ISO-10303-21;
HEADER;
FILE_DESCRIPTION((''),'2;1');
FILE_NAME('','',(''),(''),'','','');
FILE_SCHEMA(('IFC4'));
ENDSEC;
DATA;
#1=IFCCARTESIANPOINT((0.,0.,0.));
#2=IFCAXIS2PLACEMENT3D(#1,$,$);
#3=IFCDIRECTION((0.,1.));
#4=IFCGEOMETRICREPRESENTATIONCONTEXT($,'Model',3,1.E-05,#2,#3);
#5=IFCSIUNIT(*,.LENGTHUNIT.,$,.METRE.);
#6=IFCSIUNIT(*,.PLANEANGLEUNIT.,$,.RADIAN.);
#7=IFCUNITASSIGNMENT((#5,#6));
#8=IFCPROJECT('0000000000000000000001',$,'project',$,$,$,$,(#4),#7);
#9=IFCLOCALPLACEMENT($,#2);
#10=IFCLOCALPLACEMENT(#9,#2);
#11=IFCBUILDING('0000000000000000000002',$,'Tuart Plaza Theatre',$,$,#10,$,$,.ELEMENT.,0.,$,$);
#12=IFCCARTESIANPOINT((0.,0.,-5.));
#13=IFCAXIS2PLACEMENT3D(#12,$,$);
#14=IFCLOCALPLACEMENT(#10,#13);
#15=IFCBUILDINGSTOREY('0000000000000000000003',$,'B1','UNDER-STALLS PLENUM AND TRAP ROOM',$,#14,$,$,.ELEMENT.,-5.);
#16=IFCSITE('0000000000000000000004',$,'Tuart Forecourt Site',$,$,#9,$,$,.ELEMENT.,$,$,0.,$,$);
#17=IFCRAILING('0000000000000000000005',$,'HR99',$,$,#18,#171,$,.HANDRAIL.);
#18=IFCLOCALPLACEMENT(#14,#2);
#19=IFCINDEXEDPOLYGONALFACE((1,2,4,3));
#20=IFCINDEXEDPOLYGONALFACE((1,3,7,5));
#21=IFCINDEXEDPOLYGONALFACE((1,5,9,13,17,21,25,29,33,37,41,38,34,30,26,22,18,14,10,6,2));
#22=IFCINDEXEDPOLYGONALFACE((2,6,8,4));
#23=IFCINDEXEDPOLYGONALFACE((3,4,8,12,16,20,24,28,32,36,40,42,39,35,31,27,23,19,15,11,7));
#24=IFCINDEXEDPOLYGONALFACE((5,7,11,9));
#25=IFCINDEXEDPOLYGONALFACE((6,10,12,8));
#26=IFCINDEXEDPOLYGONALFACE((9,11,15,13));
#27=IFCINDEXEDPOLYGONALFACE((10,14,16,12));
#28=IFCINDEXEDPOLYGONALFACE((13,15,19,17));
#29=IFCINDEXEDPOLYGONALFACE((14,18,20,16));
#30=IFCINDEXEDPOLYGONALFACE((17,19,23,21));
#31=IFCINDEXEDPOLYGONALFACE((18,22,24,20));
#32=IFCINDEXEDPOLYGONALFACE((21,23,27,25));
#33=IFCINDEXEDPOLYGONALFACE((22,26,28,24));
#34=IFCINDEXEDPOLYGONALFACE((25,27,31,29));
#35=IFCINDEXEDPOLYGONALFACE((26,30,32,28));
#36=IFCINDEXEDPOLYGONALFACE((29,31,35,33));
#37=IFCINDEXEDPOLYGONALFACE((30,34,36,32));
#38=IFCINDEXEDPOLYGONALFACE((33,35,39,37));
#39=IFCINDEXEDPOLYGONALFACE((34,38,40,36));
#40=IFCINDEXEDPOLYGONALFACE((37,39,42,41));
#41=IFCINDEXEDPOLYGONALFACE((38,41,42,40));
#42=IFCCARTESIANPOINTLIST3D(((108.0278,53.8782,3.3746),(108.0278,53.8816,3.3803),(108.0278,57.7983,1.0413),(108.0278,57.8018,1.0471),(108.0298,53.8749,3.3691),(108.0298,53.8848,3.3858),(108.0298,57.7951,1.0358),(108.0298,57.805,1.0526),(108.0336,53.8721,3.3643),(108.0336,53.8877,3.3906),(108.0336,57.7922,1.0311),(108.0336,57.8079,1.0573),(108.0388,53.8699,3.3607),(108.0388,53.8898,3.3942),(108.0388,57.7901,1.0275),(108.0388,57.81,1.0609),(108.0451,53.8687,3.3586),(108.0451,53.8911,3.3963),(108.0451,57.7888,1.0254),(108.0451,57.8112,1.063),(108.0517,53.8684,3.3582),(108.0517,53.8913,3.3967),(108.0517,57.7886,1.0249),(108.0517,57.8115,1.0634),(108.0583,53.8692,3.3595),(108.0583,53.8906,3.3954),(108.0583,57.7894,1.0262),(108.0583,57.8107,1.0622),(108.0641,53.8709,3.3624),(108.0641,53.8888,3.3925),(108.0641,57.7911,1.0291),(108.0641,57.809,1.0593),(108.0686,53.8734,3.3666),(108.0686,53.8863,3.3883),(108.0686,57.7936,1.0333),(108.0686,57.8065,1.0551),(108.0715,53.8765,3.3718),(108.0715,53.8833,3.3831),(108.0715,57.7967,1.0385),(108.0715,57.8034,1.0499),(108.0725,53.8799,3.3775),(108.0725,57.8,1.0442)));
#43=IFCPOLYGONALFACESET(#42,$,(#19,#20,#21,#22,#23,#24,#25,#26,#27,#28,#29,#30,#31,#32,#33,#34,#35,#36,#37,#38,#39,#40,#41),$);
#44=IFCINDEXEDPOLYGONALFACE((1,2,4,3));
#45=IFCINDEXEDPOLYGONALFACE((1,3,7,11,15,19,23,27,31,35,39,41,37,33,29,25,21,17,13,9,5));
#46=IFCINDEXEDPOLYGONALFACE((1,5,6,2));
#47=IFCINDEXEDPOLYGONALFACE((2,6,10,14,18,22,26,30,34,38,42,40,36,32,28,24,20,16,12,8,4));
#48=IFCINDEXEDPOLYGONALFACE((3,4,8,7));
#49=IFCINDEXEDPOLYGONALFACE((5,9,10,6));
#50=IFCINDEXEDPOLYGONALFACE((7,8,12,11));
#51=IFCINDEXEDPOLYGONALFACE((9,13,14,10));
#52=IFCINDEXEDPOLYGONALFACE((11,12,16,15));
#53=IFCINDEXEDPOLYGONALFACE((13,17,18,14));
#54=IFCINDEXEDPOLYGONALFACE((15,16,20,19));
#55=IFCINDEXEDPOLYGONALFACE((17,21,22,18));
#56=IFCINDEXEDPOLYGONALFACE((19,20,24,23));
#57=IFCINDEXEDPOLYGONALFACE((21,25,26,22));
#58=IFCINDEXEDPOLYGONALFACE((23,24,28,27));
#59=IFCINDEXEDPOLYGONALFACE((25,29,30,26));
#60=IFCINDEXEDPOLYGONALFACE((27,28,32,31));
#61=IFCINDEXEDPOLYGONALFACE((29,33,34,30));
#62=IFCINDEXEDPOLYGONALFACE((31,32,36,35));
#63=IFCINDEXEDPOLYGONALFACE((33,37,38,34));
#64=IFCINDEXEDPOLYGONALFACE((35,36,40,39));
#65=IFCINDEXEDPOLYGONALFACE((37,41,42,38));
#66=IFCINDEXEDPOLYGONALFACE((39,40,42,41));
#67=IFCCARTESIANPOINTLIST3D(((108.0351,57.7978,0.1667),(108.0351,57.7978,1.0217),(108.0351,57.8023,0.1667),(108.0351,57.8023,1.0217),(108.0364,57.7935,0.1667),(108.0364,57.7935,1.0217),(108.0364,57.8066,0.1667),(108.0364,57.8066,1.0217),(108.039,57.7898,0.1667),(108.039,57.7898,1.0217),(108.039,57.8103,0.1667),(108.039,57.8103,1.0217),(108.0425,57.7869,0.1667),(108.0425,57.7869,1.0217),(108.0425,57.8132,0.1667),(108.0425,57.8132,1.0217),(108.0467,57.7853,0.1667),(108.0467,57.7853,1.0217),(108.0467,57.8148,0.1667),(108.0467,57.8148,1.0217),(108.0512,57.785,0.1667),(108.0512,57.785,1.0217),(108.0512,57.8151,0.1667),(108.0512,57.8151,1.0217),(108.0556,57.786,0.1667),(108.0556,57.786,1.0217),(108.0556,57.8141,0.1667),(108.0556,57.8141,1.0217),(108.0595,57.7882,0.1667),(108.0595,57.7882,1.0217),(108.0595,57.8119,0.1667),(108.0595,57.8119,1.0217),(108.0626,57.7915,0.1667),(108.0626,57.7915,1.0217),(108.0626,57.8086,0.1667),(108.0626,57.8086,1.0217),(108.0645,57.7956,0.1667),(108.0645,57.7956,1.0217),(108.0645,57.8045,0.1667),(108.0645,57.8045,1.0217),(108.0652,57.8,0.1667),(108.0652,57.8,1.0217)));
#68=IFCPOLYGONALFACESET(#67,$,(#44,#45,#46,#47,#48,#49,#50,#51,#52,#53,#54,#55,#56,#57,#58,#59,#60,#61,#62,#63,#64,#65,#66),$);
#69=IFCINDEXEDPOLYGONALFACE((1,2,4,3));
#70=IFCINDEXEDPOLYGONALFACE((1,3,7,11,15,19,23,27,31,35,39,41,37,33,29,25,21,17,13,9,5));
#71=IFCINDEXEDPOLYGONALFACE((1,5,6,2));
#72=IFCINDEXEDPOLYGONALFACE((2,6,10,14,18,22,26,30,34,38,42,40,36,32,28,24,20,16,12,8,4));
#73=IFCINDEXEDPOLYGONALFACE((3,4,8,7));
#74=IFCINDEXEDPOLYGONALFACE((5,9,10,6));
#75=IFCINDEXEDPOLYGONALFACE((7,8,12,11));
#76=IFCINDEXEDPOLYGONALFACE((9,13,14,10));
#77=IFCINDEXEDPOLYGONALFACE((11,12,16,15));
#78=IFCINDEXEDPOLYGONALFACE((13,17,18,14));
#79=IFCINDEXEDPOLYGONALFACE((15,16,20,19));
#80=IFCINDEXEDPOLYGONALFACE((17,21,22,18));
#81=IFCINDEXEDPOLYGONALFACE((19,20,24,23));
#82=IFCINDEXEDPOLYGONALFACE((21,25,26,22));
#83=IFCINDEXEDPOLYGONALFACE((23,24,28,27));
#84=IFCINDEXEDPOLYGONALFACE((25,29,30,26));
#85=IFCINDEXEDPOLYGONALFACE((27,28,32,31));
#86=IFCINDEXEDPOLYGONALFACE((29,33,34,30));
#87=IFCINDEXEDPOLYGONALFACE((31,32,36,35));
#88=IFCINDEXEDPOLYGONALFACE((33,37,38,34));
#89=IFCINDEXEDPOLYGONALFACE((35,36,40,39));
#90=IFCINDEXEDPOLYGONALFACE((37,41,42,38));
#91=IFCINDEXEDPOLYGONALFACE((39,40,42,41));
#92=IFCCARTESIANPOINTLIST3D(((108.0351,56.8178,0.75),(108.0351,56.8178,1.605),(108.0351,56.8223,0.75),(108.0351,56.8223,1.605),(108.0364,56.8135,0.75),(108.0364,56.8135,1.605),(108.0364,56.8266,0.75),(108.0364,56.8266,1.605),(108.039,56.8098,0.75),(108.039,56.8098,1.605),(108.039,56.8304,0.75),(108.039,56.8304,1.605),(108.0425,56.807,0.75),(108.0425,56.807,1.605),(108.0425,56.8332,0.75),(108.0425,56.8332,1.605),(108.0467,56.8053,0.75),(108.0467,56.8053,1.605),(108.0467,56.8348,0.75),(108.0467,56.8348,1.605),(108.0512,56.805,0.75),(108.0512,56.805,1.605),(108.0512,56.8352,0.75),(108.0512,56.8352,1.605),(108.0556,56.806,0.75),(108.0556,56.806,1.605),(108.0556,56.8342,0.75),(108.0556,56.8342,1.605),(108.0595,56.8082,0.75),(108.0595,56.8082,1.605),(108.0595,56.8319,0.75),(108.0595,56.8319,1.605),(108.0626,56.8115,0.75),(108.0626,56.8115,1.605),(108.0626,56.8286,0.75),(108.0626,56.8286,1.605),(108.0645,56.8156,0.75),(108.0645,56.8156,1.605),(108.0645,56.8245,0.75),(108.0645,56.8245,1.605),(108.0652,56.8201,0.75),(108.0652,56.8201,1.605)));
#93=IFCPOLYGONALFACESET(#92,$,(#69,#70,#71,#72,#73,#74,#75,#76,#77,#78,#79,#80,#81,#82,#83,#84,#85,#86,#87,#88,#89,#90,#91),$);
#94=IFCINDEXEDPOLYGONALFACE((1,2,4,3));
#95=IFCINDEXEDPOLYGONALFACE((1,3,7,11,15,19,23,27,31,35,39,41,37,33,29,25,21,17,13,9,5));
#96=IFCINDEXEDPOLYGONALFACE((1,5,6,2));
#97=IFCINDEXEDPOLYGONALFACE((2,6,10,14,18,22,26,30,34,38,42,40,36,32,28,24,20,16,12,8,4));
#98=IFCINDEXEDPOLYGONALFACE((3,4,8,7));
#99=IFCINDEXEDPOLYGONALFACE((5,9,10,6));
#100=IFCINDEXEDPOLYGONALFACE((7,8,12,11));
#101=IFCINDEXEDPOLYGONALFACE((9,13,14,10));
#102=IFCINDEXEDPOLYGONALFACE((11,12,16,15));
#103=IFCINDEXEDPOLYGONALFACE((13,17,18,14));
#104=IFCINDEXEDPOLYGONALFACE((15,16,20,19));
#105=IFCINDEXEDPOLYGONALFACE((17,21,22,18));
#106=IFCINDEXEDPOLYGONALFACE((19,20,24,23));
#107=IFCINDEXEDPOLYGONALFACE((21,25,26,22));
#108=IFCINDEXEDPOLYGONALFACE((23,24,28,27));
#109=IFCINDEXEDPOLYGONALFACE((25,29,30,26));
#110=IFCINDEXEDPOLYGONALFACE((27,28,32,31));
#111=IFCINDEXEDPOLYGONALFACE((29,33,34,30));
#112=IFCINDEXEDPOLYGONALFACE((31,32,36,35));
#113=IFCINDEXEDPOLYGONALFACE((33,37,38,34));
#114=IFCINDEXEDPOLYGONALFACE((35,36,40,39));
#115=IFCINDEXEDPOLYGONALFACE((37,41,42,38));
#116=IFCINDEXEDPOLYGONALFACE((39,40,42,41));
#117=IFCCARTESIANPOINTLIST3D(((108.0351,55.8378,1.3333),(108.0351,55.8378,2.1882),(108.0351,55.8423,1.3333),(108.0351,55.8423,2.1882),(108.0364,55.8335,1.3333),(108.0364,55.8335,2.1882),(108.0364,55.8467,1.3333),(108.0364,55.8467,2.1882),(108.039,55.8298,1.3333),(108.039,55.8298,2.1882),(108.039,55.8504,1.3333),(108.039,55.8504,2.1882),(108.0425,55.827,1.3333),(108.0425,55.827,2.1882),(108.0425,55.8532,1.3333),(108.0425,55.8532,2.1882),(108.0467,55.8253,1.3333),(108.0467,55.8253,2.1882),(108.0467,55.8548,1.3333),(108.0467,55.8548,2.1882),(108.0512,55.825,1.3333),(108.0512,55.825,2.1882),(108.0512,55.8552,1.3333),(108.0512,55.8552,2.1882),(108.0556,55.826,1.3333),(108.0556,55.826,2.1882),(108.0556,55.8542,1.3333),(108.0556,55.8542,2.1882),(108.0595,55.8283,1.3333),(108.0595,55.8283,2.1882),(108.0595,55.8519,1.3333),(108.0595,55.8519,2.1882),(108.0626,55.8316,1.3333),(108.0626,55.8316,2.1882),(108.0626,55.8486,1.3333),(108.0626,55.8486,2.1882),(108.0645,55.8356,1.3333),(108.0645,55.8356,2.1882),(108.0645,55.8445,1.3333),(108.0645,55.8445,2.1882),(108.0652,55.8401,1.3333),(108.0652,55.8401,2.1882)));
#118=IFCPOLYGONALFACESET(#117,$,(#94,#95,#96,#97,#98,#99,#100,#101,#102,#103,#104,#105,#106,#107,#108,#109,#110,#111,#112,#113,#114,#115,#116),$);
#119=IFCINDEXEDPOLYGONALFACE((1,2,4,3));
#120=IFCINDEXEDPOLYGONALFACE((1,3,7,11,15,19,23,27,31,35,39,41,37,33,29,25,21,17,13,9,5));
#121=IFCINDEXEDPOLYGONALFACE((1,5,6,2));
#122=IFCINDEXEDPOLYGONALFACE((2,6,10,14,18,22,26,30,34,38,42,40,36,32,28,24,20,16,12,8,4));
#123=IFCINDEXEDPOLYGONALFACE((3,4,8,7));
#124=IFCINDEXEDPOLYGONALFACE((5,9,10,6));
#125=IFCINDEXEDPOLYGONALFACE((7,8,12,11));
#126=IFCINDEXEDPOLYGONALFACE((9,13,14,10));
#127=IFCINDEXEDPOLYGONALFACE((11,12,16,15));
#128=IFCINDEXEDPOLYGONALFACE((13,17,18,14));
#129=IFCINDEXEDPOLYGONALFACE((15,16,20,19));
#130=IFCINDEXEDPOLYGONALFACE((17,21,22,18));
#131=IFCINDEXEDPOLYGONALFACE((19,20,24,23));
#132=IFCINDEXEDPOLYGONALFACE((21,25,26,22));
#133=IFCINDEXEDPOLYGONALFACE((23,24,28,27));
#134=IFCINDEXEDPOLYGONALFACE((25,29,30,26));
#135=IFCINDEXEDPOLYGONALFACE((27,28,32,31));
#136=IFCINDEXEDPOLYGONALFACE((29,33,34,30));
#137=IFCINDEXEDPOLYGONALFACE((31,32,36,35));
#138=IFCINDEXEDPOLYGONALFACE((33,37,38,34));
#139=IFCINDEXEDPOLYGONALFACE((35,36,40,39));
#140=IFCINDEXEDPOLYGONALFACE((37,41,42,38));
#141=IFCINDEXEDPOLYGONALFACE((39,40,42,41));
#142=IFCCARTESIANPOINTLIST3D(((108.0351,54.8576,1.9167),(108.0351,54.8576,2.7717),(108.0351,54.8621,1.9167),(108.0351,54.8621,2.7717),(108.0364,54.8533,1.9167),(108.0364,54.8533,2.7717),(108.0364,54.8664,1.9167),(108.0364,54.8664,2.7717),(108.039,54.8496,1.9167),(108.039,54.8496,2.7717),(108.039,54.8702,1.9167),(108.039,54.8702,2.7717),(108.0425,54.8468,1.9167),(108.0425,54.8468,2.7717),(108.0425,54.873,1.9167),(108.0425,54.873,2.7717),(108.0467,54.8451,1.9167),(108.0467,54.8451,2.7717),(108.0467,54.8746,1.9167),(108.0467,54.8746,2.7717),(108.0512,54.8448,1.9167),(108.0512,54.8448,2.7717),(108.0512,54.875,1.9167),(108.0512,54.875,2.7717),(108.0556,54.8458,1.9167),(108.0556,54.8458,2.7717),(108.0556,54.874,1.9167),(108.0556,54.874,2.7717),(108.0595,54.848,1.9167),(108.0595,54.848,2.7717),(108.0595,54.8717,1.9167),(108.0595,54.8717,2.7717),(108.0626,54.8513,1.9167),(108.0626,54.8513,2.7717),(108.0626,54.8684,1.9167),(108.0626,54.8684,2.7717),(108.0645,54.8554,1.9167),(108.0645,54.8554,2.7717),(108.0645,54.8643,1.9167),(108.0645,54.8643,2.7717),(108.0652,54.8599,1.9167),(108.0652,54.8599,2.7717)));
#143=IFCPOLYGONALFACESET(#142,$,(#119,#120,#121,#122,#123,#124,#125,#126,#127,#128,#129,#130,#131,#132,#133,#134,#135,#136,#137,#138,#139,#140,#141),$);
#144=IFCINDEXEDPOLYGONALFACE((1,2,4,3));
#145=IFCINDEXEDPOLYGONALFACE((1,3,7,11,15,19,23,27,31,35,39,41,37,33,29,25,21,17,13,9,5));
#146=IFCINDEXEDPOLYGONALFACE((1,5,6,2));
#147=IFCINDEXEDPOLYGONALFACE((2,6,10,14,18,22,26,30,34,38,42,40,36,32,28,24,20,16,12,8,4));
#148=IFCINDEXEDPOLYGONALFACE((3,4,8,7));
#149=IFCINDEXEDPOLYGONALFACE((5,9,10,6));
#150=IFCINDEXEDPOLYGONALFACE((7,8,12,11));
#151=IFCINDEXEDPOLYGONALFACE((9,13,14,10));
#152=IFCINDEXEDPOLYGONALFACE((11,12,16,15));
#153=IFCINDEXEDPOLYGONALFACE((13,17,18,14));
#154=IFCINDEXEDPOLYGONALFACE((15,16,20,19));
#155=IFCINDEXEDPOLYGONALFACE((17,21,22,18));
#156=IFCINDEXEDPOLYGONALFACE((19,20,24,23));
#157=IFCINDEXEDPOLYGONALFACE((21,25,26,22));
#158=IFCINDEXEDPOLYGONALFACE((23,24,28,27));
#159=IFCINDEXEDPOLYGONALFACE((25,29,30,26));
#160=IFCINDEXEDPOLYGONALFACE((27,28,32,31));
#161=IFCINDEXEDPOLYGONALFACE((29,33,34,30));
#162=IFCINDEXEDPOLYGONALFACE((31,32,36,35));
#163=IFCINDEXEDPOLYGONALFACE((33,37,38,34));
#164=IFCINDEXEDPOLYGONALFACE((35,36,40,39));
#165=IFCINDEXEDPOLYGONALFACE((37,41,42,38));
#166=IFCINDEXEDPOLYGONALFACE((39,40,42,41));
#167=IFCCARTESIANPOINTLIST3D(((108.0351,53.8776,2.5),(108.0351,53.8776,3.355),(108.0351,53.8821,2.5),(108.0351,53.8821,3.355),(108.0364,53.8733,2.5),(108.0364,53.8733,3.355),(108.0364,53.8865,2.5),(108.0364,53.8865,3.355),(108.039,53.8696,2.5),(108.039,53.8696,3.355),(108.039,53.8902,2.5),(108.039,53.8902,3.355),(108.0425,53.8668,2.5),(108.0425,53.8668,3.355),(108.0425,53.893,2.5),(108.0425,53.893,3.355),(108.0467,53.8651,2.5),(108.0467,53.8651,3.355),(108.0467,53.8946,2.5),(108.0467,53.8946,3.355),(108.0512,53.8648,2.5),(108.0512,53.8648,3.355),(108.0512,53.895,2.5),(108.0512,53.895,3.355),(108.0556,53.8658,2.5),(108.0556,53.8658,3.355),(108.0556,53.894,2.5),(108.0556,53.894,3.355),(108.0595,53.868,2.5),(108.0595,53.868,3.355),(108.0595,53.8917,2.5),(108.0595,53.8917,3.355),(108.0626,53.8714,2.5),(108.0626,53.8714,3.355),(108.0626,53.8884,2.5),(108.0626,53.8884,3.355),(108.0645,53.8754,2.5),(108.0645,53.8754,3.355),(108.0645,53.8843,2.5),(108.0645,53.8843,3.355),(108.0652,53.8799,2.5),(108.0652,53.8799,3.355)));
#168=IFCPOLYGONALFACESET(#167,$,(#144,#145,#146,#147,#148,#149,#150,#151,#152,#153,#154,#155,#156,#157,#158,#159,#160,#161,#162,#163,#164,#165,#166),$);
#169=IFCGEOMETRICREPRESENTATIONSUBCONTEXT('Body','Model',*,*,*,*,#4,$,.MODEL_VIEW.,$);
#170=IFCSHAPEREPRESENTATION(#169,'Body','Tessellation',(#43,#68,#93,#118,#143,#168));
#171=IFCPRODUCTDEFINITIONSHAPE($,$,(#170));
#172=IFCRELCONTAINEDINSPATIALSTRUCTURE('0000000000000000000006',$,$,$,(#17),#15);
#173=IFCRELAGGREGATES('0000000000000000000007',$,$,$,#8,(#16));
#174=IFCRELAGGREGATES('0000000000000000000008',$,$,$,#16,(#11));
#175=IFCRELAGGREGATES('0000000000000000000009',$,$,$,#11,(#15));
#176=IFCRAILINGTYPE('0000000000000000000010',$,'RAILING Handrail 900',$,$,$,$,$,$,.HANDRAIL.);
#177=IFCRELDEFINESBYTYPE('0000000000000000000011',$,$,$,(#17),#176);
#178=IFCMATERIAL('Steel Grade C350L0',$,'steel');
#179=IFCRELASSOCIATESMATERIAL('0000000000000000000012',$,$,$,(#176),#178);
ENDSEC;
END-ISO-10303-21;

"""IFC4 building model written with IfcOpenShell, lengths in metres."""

from ifc_helpers import new_model, si_unit, direction, frame, origin, origin_2d, place, context, subcontext, project, spatial, circle, extrude, material, type_object, element, save


model = new_model("IFC4")

# Units and contexts
model_context = context("Model", 3, precision=1e-05, world=origin(), true_north=direction((0.0, 1.0)))
body_context = subcontext(model_context, "Body", "Model", "MODEL_VIEW")
ifc_project = project(units=[si_unit("LENGTHUNIT", "METRE"), si_unit("PLANEANGLEUNIT", "RADIAN")], contexts=[model_context])

# Site, building, storey
site_placement = place(None, origin())
site = spatial("IfcSite", under=ifc_project, at=site_placement, Name="Tuart Forecourt Site", CompositionType="ELEMENT", RefElevation=0.0)
building_placement = place(site_placement, origin())
building = spatial("IfcBuilding", under=site, at=building_placement, Name="Tuart Plaza Theatre", CompositionType="ELEMENT", ElevationOfRefHeight=0.0)
storey_placement = place(building_placement, frame((0.0, 0.0, -5.0)))
storey = spatial("IfcBuildingStorey", under=building, at=storey_placement, Name="B1", Description="UNDER-STALLS PLENUM AND TRAP ROOM", CompositionType="ELEMENT", Elevation=-5.0)

# Railing
ifc_material_1 = material(Name="Steel Grade C350L0", Category="steel")
railing_type_1 = type_object("IfcRailingType", Name="RAILING Handrail 900", PredefinedType="HANDRAIL", material=ifc_material_1)
for number, where, name in (
    (1, (108.05, 57.8, 0.1667), "HR99"),
):
    element("IfcRailing", number, at=place(storey_placement, frame(where)), inside=storey, type_object=railing_type_1, Name=name, PredefinedType="HANDRAIL", context=body_context, shape_type="SweptSolid", body=[
        extrude(circle(Radius=0.0225, at=origin_2d()), frame((0.0, 0.0, 0.8774), z_axis=(0.0, -0.85931, 0.511455), x_axis=(1.0, 0.0, 0.0)), (0.0, 0.0, 1.0), 4.562),
        extrude(circle(Radius=0.0151, at=origin_2d()), origin(), (0.0, 0.0, 1.0), 0.855),
        extrude(circle(Radius=0.0151, at=origin_2d()), frame((0.0, -0.98, 0.5833)), (0.0, 0.0, 1.0), 0.855),
        extrude(circle(Radius=0.0151, at=origin_2d()), frame((0.0, -1.96, 1.1665)), (0.0, 0.0, 1.0), 0.855),
        extrude(circle(Radius=0.0151, at=origin_2d()), frame((0.0, -2.9402, 1.75)), (0.0, 0.0, 1.0), 0.855),
        extrude(circle(Radius=0.0151, at=origin_2d()), frame((0.0, -3.9202, 2.3333)), (0.0, 0.0, 1.0), 0.855),
    ])

save(model, "model.ifc")
